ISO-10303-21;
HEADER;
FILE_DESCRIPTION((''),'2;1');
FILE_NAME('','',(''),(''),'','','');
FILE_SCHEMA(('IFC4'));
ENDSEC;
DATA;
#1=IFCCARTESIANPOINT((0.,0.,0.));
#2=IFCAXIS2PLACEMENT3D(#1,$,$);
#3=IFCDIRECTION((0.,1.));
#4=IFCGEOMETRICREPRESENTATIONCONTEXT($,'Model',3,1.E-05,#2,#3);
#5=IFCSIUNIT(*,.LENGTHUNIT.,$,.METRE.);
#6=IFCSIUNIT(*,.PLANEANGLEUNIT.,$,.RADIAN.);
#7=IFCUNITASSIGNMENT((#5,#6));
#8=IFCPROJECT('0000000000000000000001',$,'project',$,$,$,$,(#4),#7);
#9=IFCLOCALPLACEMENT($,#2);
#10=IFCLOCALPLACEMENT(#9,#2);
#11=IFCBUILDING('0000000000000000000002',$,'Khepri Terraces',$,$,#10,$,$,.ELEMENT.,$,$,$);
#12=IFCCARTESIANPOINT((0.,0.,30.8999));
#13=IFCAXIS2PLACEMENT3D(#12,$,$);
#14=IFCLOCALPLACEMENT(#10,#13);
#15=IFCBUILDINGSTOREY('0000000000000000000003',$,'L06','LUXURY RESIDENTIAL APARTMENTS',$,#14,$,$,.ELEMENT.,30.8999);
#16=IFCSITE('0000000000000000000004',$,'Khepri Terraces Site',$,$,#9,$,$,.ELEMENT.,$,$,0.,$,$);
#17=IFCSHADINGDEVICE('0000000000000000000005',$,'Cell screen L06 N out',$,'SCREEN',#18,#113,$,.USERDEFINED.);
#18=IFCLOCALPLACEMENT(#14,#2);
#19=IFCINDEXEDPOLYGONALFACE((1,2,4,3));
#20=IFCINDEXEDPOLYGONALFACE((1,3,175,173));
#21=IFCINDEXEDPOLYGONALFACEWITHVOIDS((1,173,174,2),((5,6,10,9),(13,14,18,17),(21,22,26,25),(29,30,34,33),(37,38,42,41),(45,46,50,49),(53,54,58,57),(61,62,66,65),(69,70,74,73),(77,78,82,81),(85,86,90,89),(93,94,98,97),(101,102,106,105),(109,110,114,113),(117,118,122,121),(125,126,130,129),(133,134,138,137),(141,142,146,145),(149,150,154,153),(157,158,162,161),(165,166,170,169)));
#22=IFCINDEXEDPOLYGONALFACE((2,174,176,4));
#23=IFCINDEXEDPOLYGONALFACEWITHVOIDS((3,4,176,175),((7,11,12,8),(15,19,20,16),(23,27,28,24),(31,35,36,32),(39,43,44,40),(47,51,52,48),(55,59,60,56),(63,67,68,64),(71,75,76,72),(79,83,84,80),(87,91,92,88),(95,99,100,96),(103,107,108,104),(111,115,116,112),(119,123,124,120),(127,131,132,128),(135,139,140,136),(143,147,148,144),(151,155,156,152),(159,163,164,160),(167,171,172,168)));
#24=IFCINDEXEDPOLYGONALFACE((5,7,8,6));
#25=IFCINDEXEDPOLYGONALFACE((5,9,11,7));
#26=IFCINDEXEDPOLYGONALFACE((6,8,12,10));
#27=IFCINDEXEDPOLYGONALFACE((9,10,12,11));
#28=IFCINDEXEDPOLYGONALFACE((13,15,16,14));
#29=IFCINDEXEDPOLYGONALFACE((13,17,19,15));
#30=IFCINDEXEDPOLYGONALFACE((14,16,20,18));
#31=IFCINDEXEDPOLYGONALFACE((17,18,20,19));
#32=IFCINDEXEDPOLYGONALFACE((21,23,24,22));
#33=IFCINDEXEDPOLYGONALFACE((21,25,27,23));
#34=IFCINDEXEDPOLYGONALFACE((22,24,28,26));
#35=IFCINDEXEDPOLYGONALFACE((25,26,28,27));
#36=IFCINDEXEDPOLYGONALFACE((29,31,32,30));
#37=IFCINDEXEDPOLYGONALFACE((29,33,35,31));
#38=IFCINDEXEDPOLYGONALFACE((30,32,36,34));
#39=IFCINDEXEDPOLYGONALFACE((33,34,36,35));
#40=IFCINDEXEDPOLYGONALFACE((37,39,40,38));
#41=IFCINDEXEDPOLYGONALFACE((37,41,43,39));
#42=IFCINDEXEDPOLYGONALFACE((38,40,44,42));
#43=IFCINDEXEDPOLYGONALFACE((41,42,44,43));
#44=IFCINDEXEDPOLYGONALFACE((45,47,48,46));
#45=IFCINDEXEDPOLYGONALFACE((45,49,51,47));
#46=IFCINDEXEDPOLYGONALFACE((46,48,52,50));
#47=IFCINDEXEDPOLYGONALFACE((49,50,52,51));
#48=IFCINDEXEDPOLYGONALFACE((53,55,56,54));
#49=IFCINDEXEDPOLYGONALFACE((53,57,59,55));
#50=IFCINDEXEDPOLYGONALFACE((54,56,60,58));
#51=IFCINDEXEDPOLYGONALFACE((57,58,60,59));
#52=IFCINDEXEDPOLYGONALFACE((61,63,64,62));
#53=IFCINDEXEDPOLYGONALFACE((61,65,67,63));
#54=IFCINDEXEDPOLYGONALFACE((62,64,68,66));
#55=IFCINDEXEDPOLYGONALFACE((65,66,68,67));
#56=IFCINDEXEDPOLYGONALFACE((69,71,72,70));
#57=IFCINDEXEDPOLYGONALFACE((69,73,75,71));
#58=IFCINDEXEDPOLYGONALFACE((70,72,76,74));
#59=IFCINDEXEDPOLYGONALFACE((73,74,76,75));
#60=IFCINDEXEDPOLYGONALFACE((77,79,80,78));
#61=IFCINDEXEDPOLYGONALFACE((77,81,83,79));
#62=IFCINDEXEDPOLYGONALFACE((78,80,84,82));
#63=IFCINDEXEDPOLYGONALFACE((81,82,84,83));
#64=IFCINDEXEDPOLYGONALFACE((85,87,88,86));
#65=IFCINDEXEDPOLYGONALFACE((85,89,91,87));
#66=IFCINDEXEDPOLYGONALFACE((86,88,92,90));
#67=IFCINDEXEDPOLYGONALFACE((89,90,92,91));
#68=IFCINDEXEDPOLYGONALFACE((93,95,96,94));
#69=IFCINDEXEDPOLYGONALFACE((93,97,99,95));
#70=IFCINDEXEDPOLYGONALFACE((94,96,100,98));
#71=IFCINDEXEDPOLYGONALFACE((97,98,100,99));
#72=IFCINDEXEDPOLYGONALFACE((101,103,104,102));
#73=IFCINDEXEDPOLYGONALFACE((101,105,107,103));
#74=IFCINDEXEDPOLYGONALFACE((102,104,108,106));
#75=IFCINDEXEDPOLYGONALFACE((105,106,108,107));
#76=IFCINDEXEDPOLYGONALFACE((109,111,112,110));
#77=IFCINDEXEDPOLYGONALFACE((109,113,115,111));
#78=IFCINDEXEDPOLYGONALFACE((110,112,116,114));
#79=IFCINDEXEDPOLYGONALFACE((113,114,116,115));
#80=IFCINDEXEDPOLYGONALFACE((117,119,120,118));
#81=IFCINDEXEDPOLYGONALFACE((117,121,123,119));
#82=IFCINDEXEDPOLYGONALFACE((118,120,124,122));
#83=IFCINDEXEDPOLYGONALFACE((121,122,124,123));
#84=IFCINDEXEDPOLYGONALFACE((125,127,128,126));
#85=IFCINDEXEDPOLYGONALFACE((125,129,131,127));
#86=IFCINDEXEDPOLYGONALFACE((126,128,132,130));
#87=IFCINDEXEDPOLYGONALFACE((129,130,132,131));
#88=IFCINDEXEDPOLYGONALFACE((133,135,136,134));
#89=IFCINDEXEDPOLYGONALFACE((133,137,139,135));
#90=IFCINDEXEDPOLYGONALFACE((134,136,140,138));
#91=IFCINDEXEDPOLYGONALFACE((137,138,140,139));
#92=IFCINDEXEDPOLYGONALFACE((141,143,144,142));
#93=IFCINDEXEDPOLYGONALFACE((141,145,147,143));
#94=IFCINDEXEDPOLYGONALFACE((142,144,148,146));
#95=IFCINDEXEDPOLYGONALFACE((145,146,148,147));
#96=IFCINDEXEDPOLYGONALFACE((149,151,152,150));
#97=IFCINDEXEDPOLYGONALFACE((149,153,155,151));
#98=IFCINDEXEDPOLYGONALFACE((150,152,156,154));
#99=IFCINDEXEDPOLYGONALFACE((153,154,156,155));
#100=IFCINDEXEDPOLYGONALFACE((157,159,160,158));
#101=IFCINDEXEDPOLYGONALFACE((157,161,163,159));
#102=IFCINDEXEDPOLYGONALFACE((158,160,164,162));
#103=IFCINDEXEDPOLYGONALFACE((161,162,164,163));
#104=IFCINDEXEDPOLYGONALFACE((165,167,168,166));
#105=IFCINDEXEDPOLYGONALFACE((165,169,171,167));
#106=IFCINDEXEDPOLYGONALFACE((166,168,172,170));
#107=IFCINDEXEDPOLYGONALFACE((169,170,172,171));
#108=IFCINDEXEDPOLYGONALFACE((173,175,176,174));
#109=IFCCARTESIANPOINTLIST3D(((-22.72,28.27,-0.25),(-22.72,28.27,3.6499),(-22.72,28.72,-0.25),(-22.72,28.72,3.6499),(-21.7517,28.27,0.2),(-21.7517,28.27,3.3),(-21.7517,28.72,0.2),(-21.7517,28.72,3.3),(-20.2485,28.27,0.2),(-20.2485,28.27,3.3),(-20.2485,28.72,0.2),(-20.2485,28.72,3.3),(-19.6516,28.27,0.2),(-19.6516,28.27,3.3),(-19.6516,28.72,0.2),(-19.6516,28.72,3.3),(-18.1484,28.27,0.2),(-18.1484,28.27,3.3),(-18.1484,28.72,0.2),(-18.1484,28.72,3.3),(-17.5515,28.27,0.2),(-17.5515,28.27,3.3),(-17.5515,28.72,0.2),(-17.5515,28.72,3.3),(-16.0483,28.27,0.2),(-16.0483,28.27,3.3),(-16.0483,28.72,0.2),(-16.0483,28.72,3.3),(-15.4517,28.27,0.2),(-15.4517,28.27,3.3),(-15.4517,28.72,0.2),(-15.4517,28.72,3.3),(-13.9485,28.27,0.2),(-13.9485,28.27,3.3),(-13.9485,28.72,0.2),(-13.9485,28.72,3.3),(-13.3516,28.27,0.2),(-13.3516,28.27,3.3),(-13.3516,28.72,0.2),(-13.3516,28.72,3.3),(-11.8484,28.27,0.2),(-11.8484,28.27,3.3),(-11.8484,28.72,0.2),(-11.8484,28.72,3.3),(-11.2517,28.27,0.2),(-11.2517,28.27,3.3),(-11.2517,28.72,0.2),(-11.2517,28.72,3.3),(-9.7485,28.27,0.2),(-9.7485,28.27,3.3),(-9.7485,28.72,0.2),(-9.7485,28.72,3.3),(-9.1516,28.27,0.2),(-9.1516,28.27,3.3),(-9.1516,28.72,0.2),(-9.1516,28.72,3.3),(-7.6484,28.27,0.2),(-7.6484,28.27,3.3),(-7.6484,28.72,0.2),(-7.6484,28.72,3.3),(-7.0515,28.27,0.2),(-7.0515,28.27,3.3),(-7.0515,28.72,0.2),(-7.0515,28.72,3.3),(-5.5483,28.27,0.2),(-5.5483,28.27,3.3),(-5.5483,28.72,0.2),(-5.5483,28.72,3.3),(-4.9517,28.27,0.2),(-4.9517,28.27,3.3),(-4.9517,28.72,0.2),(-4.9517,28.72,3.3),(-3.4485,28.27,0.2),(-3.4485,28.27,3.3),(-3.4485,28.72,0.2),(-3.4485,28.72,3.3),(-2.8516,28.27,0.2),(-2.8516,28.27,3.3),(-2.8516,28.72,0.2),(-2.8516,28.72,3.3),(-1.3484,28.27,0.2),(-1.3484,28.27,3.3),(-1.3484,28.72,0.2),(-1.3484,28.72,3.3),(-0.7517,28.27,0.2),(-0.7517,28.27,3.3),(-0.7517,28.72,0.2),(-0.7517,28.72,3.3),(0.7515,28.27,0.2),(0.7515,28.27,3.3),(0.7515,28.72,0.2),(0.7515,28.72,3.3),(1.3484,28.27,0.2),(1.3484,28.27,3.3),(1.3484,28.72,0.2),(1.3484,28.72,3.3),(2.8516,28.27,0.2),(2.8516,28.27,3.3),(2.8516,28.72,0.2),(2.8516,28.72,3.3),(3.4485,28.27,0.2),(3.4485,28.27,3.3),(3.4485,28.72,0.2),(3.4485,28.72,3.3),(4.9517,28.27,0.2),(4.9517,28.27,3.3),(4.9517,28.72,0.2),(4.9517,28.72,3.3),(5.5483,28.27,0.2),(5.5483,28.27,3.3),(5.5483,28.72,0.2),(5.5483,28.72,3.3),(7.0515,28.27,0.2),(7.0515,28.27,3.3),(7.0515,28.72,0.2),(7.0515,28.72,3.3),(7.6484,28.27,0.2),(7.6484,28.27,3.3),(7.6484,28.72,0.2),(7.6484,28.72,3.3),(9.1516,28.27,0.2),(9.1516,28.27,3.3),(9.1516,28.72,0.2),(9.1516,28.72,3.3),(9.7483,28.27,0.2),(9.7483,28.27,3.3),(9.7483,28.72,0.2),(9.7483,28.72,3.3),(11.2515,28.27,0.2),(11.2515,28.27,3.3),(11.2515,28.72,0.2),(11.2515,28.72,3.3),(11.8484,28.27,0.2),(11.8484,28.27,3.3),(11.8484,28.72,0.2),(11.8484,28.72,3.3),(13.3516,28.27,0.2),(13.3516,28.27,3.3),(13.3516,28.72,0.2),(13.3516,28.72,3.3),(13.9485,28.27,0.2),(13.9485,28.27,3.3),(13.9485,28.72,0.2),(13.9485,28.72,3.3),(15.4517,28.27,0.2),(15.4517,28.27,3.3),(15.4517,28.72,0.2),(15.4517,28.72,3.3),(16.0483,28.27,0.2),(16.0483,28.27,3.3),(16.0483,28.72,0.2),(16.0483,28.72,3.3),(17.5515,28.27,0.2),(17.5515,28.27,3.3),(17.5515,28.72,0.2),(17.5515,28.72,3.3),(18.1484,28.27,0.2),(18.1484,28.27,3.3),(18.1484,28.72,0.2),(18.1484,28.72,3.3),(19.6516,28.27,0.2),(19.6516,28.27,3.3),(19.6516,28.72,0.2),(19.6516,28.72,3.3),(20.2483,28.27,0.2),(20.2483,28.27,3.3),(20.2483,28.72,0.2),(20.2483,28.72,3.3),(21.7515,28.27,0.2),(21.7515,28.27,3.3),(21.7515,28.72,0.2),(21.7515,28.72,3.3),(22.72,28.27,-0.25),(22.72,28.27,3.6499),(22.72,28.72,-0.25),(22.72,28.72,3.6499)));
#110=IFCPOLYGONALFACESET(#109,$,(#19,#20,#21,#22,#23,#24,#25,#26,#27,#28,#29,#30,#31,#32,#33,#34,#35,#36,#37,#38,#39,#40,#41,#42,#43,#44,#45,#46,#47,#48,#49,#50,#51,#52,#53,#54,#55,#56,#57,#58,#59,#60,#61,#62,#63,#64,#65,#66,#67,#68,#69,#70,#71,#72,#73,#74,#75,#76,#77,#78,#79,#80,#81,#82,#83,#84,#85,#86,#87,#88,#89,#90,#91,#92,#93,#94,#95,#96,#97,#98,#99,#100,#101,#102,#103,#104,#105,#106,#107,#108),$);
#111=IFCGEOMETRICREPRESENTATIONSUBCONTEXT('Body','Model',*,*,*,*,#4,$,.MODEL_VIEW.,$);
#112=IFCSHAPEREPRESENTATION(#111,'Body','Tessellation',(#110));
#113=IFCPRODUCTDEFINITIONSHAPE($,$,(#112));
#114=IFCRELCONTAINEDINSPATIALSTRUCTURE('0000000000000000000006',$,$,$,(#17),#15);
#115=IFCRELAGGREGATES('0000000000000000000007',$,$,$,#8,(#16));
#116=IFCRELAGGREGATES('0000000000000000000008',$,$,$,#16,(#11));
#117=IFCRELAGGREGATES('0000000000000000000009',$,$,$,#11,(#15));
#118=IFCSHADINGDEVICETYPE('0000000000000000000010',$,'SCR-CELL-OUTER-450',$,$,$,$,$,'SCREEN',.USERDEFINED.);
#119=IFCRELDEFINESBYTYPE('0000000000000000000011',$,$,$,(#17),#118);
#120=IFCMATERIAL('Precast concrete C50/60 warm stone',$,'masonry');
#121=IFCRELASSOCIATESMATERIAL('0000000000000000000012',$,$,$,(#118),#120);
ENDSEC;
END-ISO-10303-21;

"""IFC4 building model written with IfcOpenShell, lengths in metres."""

from ifc_helpers import new_model, si_unit, direction, frame, origin, place, context, subcontext, project, spatial, polyline, outline, extrude, material, type_object, element, save


model = new_model("IFC4")

# Units and contexts
model_context = context("Model", 3, precision=1e-05, world=origin(), true_north=direction((0.0, 1.0)))
body_context = subcontext(model_context, "Body", "Model", "MODEL_VIEW")
ifc_project = project(units=[si_unit("LENGTHUNIT", "METRE"), si_unit("PLANEANGLEUNIT", "RADIAN")], contexts=[model_context])

# Site, building, storey
site_placement = place(None, origin())
site = spatial("IfcSite", under=ifc_project, at=site_placement, Name="Khepri Terraces Site", CompositionType="ELEMENT", RefElevation=0.0)
building_placement = place(site_placement, origin())
building = spatial("IfcBuilding", under=site, at=building_placement, Name="Khepri Terraces", CompositionType="ELEMENT")
storey_placement = place(building_placement, frame((0.0, 0.0, 30.8999)))
storey = spatial("IfcBuildingStorey", under=building, at=storey_placement, Name="L06", Description="LUXURY RESIDENTIAL APARTMENTS", CompositionType="ELEMENT", Elevation=30.8999)

# Shared definitions
ifc_material_1 = material(Name="Precast concrete C50/60 warm stone", Category="masonry")

# Shading device
shading_device_type_1 = type_object("IfcShadingDeviceType", Name="SCR-CELL-OUTER-450", ElementType="SCREEN", PredefinedType="USERDEFINED", material=ifc_material_1)
shading_device_1_placement = place(storey_placement, frame((22.72, 28.27, -0.25), z_axis=(0.0, 1.0, 0.0), x_axis=(-1.0, 0.0, 0.0)))
element("IfcShadingDevice", 1, at=shading_device_1_placement, inside=storey, type_object=shading_device_type_1, Name="Cell screen L06 N out", ObjectType="SCREEN", PredefinedType="USERDEFINED", context=body_context, shape_type="SweptSolid", body=[
    extrude(outline(polyline([(0.0, 0.0), (45.4399, 0.0), (45.4399, 3.8999), (0.0, 3.8999), (0.0, 0.0)]), holes=[polyline([(0.9685, 0.45), (2.4717, 0.45), (2.4717, 3.55), (0.9685, 3.55), (0.9685, 0.45)]), polyline([(3.0684, 0.45), (4.5715, 0.45), (4.5715, 3.55), (3.0684, 3.55), (3.0684, 0.45)]), polyline([(5.1685, 0.45), (6.6716, 0.45), (6.6716, 3.55), (5.1685, 3.55), (5.1685, 0.45)]), polyline([(7.2683, 0.45), (8.7715, 0.45), (8.7715, 3.55), (7.2683, 3.55), (7.2683, 0.45)]), polyline([(9.3684, 0.45), (10.8716, 0.45), (10.8716, 3.55), (9.3684, 3.55), (9.3684, 0.45)]), polyline([(11.4685, 0.45), (12.9717, 0.45), (12.9717, 3.55), (11.4685, 3.55), (11.4685, 0.45)]), polyline([(13.5684, 0.45), (15.0715, 0.45), (15.0715, 3.55), (13.5684, 3.55), (13.5684, 0.45)]), polyline([(15.6685, 0.45), (17.1716, 0.45), (17.1716, 3.55), (15.6685, 3.55), (15.6685, 0.45)]), polyline([(17.7683, 0.45), (19.2715, 0.45), (19.2715, 3.55), (17.7683, 3.55), (17.7683, 0.45)]), polyline([(19.8684, 0.45), (21.3716, 0.45), (21.3716, 3.55), (19.8684, 3.55), (19.8684, 0.45)]), polyline([(21.9685, 0.45), (23.4717, 0.45), (23.4717, 3.55), (21.9685, 3.55), (21.9685, 0.45)]), polyline([(24.0684, 0.45), (25.5715, 0.45), (25.5715, 3.55), (24.0684, 3.55), (24.0684, 0.45)]), polyline([(26.1685, 0.45), (27.6716, 0.45), (27.6716, 3.55), (26.1685, 3.55), (26.1685, 0.45)]), polyline([(28.2683, 0.45), (29.7715, 0.45), (29.7715, 3.55), (28.2683, 3.55), (28.2683, 0.45)]), polyline([(30.3684, 0.45), (31.8716, 0.45), (31.8716, 3.55), (30.3684, 3.55), (30.3684, 0.45)]), polyline([(32.4685, 0.45), (33.9717, 0.45), (33.9717, 3.55), (32.4685, 3.55), (32.4685, 0.45)]), polyline([(34.5684, 0.45), (36.0715, 0.45), (36.0715, 3.55), (34.5684, 3.55), (34.5684, 0.45)]), polyline([(36.6685, 0.45), (38.1716, 0.45), (38.1716, 3.55), (36.6685, 3.55), (36.6685, 0.45)]), polyline([(38.7683, 0.45), (40.2715, 0.45), (40.2715, 3.55), (38.7683, 3.55), (38.7683, 0.45)]), polyline([(40.8684, 0.45), (42.3716, 0.45), (42.3716, 3.55), (40.8684, 3.55), (40.8684, 0.45)]), polyline([(42.9685, 0.45), (44.4717, 0.45), (44.4717, 3.55), (42.9685, 3.55), (42.9685, 0.45)])]), origin(), (0.0, 0.0, 1.0), 0.45),
])

save(model, "model.ifc")
